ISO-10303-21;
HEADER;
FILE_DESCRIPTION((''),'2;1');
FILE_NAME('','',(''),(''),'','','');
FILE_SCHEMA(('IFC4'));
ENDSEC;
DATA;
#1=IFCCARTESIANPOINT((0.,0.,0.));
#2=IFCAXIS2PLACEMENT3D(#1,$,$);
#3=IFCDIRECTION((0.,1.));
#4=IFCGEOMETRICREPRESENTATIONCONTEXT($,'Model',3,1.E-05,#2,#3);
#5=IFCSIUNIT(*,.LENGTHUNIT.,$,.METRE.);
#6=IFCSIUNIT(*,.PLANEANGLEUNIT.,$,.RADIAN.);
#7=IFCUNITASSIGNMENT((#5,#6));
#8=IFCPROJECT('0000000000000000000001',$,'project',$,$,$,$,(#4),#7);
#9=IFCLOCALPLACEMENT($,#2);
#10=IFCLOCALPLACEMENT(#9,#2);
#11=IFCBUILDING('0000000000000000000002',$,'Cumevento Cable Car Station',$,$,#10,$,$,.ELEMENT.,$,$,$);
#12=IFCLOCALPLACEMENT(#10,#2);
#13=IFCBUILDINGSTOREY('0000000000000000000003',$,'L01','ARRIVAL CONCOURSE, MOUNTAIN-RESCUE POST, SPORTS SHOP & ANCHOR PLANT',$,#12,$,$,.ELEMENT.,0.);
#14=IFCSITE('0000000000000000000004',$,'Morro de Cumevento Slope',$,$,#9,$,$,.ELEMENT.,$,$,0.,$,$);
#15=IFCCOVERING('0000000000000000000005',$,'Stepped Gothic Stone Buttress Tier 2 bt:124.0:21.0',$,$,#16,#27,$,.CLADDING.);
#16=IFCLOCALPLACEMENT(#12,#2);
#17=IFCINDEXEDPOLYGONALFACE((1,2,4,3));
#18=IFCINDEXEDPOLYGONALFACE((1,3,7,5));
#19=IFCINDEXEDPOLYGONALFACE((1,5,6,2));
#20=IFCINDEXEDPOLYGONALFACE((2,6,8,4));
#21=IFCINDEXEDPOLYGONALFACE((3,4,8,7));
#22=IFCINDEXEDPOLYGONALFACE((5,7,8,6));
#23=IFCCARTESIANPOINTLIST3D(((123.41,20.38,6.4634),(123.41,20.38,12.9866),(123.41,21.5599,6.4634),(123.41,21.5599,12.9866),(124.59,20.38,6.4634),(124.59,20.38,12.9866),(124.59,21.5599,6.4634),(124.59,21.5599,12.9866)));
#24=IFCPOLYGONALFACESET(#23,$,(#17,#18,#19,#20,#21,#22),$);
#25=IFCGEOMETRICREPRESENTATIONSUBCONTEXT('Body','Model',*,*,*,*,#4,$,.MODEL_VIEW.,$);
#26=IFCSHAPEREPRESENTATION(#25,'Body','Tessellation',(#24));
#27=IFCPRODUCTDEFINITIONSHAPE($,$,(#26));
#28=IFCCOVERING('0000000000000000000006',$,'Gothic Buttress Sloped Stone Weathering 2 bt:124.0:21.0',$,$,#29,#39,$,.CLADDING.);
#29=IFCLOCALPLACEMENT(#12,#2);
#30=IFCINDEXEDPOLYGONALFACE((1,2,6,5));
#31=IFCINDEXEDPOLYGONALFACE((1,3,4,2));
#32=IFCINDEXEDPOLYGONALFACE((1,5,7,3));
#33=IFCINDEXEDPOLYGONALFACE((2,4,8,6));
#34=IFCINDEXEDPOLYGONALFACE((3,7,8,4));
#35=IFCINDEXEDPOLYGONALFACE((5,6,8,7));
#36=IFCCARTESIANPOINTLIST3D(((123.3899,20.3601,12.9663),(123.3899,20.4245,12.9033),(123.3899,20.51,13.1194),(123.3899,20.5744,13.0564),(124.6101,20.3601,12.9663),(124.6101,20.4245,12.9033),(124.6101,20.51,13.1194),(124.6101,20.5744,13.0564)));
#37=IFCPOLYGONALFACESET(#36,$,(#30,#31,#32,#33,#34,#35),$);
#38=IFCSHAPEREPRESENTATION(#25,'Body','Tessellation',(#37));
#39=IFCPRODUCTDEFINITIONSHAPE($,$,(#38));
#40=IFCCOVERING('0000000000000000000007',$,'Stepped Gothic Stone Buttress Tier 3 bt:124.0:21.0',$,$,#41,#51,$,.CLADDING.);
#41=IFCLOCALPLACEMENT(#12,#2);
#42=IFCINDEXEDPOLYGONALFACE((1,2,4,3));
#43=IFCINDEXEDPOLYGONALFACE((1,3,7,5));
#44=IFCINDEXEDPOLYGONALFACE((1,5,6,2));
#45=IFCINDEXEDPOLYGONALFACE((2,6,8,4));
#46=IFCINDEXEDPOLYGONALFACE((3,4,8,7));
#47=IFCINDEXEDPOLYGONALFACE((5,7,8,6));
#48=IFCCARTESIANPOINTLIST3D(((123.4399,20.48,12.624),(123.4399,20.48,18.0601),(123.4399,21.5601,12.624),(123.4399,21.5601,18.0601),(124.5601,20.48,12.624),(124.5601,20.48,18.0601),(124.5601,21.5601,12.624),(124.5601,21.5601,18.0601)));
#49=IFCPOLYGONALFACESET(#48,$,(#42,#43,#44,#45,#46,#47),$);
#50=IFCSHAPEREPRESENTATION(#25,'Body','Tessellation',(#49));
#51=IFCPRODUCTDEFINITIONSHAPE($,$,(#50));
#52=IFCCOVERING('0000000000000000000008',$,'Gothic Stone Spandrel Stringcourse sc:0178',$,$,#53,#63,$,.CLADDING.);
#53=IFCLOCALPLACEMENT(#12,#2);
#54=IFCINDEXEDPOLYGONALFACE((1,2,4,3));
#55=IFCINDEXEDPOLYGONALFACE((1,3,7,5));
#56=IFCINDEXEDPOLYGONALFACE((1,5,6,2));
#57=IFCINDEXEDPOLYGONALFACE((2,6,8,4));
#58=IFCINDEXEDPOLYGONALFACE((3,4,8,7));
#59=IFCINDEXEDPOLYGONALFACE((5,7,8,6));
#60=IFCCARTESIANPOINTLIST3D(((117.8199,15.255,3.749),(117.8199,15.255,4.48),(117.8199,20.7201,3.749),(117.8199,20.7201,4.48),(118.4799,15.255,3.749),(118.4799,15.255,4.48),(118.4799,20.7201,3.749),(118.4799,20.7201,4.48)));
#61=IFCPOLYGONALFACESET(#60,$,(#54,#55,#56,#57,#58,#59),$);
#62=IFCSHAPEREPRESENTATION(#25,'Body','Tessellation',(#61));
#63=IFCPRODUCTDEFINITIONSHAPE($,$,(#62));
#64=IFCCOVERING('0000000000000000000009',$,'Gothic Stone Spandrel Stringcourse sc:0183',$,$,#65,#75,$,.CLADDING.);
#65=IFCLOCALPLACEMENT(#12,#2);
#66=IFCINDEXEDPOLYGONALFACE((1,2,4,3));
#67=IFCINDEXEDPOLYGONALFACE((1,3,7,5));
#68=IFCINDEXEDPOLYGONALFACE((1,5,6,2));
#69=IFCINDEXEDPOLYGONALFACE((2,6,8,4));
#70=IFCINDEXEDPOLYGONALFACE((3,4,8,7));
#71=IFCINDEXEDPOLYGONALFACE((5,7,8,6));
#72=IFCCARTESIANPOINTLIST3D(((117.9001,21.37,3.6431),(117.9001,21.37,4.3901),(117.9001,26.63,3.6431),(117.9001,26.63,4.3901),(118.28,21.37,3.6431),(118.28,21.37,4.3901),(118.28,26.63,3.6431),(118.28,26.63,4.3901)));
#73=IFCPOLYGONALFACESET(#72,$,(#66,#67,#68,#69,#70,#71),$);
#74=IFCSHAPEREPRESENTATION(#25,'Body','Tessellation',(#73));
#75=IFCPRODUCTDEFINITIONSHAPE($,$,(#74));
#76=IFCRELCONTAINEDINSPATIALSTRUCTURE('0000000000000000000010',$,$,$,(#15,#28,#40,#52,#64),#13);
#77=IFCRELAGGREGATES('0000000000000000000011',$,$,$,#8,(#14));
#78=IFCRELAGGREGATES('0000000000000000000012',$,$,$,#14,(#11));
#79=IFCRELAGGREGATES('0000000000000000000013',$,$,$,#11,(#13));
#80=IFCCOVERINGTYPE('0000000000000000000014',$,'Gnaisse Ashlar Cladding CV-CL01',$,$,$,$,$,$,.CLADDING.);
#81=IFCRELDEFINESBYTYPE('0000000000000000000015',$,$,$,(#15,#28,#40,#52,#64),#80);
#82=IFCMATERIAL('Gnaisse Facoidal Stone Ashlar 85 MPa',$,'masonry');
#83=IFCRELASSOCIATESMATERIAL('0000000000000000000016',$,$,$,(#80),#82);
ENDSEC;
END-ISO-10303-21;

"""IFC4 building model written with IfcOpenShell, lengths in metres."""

from ifc_helpers import new_model, si_unit, direction, frame, origin, origin_2d, place, context, subcontext, project, spatial, polyline, rectangle, outline, extrude, material, type_object, element, save


model = new_model("IFC4")

# Units and contexts
model_context = context("Model", 3, precision=1e-05, world=origin(), true_north=direction((0.0, 1.0)))
body_context = subcontext(model_context, "Body", "Model", "MODEL_VIEW")
ifc_project = project(units=[si_unit("LENGTHUNIT", "METRE"), si_unit("PLANEANGLEUNIT", "RADIAN")], contexts=[model_context])

# Site, building, storey
site_placement = place(None, origin())
site = spatial("IfcSite", under=ifc_project, at=site_placement, Name="Morro de Cumevento Slope", CompositionType="ELEMENT", RefElevation=0.0)
building_placement = place(site_placement, origin())
building = spatial("IfcBuilding", under=site, at=building_placement, Name="Cumevento Cable Car Station", CompositionType="ELEMENT")
storey_placement = place(building_placement, origin())
storey = spatial("IfcBuildingStorey", under=building, at=storey_placement, Name="L01", Description="ARRIVAL CONCOURSE, MOUNTAIN-RESCUE POST, SPORTS SHOP & ANCHOR PLANT", CompositionType="ELEMENT", Elevation=0.0)

# Coverings
ifc_material_1 = material(Name="Gnaisse Facoidal Stone Ashlar 85 MPa", Category="masonry")
covering_type = type_object("IfcCoveringType", Name="Gnaisse Ashlar Cladding CV-CL01", PredefinedType="CLADDING", material=ifc_material_1)
covering_1_placement = place(storey_placement, frame((124.0, 20.97, 6.4634), z_axis=(0.0, 0.0, 1.0), x_axis=(1.0, 0.0, 0.0)))
element("IfcCovering", 1, at=covering_1_placement, inside=storey, type_object=covering_type, Name="Stepped Gothic Stone Buttress Tier 2 bt:124.0:21.0", PredefinedType="CLADDING", context=body_context, shape_type="SweptSolid", body=[
    extrude(rectangle(XDim=1.1799, YDim=1.1799, at=origin_2d()), origin(), (0.0, 0.0, 1.0), 6.5232),
])
covering_2_placement = place(storey_placement, frame((123.3899, 20.3601, 12.9663), z_axis=(0.0, -0.714475, 0.699661), x_axis=(1.0, 0.0, 0.0)))
element("IfcCovering", 2, at=covering_2_placement, inside=storey, type_object=covering_type, Name="Gothic Buttress Sloped Stone Weathering 2 bt:124.0:21.0", PredefinedType="CLADDING", context=body_context, shape_type="SweptSolid", body=[
    extrude(outline(polyline([(0.0, 0.0), (1.2202, 0.0), (1.2202, 0.2142), (0.0, 0.2142), (0.0, 0.0)])), origin(), (0.0, 0.0, -1.0), 0.0901),
])
covering_3_placement = place(storey_placement, frame((124.0, 21.02, 12.624), z_axis=(0.0, 0.0, 1.0), x_axis=(1.0, 0.0, 0.0)))
element("IfcCovering", 3, at=covering_3_placement, inside=storey, type_object=covering_type, Name="Stepped Gothic Stone Buttress Tier 3 bt:124.0:21.0", PredefinedType="CLADDING", context=body_context, shape_type="SweptSolid", body=[
    extrude(rectangle(XDim=1.1201, YDim=1.0801, at=origin_2d()), origin(), (0.0, 0.0, 1.0), 5.436),
])
covering_4_placement = place(storey_placement, frame((118.1499, 17.9875, 3.749), z_axis=(0.0, 0.0, 1.0), x_axis=(0.0, 1.0, 0.0)))
element("IfcCovering", 4, at=covering_4_placement, inside=storey, type_object=covering_type, Name="Gothic Stone Spandrel Stringcourse sc:0178", PredefinedType="CLADDING", context=body_context, shape_type="SweptSolid", body=[
    extrude(rectangle(XDim=5.4651, YDim=0.6599, at=origin_2d()), origin(), (0.0, 0.0, 1.0), 0.731),
])
covering_5_placement = place(storey_placement, frame((118.0901, 24.0, 3.6431), z_axis=(0.0, 0.0, 1.0), x_axis=(0.0, 1.0, 0.0)))
element("IfcCovering", 5, at=covering_5_placement, inside=storey, type_object=covering_type, Name="Gothic Stone Spandrel Stringcourse sc:0183", PredefinedType="CLADDING", context=body_context, shape_type="SweptSolid", body=[
    extrude(rectangle(XDim=5.26, YDim=0.3799, at=origin_2d()), origin(), (0.0, 0.0, 1.0), 0.7471),
])

save(model, "model.ifc")
